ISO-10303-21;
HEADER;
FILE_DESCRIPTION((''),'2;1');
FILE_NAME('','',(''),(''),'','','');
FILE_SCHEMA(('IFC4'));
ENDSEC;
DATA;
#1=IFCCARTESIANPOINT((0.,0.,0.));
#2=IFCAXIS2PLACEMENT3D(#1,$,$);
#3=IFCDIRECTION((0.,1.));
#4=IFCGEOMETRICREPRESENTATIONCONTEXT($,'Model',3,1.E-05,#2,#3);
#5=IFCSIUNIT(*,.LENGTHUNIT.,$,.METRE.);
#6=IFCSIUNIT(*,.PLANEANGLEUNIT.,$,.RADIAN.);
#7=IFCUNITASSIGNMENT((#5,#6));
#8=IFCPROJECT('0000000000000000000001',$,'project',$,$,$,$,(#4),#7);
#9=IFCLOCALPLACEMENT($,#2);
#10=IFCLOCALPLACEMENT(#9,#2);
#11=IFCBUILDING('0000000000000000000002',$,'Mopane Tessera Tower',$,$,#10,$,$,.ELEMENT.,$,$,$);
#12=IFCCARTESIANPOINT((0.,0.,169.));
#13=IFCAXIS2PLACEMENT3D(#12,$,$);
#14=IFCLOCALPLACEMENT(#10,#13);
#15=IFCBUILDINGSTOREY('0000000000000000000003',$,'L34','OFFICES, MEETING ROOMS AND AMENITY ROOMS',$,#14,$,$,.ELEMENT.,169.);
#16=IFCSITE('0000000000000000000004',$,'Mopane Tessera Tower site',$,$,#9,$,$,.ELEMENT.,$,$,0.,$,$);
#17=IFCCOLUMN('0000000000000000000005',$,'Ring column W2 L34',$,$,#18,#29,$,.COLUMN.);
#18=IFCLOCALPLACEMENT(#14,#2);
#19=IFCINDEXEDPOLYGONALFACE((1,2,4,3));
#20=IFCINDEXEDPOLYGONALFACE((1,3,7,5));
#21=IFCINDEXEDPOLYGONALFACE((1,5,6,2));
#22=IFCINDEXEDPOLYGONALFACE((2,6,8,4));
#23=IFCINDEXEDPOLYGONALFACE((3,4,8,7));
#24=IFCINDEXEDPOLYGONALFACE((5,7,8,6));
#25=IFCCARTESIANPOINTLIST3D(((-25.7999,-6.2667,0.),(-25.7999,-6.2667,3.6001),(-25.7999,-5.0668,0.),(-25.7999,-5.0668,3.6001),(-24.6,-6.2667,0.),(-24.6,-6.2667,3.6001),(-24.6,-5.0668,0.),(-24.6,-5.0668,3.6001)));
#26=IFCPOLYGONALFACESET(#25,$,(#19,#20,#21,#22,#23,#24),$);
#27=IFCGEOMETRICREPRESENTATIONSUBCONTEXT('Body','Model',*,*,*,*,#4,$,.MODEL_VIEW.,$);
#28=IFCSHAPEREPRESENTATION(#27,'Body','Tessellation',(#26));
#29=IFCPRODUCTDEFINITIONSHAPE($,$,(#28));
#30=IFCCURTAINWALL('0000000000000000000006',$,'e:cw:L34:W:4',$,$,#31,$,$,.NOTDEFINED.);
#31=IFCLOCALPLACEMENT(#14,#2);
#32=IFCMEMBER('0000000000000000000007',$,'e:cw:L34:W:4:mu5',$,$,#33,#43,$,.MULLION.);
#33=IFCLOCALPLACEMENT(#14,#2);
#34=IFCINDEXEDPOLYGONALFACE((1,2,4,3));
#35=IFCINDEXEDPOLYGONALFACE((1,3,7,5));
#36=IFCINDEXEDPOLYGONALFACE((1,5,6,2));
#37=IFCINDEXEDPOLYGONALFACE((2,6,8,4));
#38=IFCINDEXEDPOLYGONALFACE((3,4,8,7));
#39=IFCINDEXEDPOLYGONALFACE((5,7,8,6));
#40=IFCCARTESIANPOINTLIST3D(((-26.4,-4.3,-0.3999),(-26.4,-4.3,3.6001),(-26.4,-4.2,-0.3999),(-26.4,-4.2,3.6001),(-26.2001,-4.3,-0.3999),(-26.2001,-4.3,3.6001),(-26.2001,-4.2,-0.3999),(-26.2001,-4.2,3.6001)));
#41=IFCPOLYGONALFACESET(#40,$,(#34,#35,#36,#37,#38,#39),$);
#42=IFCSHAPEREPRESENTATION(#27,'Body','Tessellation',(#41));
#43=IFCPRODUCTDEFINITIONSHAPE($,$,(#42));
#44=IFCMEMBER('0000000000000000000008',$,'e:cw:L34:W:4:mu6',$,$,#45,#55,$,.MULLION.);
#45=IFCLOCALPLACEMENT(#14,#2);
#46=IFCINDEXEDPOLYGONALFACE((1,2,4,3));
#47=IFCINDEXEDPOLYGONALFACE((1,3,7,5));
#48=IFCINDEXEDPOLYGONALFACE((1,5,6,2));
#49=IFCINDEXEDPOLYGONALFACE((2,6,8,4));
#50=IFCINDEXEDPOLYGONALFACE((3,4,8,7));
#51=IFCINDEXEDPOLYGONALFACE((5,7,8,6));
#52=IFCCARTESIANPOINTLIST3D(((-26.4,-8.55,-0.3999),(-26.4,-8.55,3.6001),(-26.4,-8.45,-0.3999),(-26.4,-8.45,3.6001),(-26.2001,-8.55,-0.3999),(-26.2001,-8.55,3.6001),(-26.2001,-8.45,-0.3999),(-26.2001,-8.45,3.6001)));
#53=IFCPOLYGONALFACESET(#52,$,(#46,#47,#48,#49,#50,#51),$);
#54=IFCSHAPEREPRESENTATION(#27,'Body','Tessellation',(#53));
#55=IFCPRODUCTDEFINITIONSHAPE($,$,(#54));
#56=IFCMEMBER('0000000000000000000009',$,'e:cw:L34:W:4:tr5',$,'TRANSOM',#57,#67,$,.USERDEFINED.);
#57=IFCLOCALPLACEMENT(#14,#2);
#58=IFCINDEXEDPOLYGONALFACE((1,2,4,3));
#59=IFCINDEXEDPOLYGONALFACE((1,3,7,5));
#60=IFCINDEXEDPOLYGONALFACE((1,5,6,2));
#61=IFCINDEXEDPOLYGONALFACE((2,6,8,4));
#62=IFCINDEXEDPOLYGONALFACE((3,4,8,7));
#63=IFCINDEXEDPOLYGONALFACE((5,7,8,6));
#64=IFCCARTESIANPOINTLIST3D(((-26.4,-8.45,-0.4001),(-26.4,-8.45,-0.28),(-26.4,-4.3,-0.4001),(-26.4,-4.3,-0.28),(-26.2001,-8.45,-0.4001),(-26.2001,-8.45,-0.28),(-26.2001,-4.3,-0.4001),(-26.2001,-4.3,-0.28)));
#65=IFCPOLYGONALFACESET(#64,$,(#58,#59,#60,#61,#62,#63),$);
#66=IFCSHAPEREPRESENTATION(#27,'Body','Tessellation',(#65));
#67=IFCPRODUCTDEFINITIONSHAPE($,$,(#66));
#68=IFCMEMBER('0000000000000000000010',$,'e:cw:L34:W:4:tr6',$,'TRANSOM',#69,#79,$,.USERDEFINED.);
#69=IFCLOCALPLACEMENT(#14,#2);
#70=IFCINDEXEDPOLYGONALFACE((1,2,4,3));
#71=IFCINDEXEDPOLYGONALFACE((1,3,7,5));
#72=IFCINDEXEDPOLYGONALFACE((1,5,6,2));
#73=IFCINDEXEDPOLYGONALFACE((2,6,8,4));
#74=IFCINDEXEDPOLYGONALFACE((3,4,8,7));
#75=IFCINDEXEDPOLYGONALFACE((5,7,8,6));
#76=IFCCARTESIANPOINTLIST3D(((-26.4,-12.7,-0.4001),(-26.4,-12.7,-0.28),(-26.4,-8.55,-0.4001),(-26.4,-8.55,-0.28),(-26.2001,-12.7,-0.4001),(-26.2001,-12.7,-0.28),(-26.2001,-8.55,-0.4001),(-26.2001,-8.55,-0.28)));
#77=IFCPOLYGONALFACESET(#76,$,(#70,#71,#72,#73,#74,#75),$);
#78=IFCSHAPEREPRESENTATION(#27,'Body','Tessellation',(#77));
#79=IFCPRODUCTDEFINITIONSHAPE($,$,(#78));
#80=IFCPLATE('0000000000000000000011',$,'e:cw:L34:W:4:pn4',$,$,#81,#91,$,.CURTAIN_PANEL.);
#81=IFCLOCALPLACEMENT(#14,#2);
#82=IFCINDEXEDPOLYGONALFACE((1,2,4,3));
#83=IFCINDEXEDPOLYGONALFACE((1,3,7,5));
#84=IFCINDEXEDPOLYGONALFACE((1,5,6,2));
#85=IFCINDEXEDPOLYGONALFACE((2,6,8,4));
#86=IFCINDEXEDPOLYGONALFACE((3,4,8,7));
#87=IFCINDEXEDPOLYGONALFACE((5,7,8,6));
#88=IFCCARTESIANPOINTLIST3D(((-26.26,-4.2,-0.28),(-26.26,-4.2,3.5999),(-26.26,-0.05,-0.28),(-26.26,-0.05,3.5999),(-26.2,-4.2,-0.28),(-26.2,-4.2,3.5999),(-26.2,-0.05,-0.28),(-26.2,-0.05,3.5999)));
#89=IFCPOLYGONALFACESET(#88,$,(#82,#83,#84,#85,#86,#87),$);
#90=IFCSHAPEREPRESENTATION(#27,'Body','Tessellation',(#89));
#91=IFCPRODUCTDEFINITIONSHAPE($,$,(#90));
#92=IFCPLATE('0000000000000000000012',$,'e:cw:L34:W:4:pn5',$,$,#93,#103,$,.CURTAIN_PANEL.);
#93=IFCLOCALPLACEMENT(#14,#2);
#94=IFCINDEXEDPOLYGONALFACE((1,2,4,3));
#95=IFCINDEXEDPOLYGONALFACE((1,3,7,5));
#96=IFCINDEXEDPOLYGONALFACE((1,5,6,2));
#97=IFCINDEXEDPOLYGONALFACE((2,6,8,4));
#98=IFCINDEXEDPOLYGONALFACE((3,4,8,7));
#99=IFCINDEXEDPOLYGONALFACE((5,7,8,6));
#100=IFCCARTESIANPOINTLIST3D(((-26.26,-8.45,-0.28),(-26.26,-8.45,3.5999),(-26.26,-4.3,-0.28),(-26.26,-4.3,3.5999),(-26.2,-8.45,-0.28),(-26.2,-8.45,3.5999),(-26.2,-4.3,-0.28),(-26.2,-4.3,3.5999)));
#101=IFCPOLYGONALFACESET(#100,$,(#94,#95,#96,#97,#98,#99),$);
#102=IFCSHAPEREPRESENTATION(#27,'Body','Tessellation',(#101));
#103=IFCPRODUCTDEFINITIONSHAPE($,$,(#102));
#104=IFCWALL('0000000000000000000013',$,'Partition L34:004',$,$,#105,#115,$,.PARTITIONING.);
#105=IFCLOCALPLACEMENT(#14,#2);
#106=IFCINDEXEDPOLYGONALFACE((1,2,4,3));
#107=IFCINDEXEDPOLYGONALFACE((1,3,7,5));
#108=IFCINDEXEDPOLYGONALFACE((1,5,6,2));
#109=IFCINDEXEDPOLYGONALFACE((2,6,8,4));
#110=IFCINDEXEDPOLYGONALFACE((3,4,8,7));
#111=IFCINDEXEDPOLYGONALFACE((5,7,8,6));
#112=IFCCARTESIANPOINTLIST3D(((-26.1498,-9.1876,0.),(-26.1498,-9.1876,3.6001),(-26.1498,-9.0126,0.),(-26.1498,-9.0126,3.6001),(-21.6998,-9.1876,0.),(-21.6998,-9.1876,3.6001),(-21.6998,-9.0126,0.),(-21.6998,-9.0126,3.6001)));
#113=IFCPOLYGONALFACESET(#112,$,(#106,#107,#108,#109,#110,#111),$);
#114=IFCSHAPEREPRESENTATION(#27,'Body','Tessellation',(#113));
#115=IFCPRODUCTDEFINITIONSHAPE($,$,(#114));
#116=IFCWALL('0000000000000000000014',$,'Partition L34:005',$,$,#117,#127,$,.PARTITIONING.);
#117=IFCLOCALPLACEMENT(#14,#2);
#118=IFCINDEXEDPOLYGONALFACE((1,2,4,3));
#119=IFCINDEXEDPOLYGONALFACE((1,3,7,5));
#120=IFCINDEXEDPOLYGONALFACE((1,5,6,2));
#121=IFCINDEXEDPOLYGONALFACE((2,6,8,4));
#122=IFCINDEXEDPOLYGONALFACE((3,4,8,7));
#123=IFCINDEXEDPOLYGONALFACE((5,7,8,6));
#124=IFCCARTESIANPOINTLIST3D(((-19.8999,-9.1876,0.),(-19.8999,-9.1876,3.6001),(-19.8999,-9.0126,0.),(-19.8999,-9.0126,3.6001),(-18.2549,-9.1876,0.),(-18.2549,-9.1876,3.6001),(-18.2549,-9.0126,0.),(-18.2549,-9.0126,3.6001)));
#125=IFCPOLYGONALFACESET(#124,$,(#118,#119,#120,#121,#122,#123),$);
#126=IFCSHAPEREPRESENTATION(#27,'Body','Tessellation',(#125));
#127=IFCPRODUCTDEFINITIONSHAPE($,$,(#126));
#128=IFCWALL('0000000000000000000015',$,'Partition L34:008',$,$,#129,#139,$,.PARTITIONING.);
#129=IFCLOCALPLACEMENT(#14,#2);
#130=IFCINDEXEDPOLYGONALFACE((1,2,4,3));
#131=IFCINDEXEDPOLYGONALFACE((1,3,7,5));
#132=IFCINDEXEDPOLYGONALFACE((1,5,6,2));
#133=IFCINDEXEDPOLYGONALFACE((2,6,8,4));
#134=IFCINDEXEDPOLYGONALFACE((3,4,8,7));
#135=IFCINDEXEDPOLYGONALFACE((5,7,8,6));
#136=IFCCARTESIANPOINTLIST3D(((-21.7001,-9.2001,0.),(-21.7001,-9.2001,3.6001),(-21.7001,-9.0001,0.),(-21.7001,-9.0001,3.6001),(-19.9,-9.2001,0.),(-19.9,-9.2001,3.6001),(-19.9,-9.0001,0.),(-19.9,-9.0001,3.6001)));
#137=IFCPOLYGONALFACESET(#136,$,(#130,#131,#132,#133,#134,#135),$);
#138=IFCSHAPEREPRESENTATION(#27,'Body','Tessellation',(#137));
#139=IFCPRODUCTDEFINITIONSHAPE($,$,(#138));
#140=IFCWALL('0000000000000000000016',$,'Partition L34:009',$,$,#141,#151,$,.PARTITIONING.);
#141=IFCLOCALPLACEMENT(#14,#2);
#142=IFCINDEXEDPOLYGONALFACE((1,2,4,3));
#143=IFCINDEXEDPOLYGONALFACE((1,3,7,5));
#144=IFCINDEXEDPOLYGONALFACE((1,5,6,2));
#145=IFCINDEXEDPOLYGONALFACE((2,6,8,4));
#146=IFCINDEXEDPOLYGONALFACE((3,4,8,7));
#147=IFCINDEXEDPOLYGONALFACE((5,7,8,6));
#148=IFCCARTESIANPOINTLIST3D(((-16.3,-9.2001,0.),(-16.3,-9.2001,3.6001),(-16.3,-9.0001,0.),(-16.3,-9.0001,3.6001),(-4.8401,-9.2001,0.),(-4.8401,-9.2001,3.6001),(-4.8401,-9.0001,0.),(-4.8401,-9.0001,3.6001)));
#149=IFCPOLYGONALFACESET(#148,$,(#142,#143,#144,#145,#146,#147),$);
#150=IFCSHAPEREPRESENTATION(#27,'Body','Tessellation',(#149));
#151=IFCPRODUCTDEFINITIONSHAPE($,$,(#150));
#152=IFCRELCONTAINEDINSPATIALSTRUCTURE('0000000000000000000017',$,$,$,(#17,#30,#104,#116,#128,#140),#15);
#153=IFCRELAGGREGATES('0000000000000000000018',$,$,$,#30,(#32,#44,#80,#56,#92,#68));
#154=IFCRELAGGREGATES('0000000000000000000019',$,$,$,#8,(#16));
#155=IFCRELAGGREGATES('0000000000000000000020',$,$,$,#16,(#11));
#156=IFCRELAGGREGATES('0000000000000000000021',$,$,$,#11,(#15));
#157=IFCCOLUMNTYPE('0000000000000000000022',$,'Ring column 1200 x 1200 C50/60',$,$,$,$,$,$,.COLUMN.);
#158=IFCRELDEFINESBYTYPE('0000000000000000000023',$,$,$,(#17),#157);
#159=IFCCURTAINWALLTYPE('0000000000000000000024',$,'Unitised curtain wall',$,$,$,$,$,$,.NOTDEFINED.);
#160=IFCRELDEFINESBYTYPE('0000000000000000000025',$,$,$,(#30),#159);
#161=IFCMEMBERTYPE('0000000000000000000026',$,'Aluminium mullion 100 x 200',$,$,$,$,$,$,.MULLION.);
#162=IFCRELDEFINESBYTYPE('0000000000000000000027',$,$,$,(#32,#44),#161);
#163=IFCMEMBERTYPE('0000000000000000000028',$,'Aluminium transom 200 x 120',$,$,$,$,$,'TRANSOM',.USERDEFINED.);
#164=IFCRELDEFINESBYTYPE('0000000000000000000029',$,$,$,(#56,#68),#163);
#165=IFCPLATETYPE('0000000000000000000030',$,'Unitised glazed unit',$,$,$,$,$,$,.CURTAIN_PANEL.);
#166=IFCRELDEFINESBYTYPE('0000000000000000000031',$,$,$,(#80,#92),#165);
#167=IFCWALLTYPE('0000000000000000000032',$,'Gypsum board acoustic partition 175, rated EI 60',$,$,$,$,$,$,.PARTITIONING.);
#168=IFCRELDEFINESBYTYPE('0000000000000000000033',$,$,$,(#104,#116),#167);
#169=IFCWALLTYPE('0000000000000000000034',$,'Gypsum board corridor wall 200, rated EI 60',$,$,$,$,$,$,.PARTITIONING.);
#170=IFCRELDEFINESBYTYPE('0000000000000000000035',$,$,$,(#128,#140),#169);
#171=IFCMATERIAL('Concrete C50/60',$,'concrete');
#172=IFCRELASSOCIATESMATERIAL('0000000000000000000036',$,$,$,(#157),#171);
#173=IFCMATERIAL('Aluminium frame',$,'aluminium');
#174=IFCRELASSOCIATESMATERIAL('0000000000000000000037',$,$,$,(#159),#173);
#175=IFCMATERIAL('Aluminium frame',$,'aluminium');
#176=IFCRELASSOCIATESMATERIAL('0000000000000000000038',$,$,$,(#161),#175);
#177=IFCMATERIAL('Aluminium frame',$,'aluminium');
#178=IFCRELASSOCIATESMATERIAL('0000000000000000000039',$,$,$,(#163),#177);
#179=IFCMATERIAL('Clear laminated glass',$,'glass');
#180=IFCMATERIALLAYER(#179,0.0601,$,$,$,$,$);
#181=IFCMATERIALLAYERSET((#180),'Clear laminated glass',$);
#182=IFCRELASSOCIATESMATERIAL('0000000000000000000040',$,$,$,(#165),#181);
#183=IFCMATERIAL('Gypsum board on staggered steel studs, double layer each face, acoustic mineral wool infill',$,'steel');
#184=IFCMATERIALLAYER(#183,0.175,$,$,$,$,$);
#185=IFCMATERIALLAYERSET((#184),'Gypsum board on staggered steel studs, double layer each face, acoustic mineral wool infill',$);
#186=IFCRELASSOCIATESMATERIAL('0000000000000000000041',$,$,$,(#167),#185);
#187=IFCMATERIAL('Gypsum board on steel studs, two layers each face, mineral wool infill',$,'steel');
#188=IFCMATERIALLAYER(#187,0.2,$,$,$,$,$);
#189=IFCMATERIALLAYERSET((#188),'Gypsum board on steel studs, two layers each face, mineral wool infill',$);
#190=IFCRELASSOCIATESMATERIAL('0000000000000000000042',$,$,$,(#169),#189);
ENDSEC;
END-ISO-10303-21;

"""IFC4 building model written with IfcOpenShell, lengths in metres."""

from ifc_helpers import new_model, si_unit, direction, frame, frame_2d, origin, origin_2d, place, context, subcontext, project, spatial, rectangle, extrude, material, layer, layer_set, material_profile, profile_set, type_object, element, aggregate, save


model = new_model("IFC4")

# Units and contexts
model_context = context("Model", 3, precision=1e-05, world=origin(), true_north=direction((0.0, 1.0)))
body_context = subcontext(model_context, "Body", "Model", "MODEL_VIEW")
ifc_project = project(units=[si_unit("LENGTHUNIT", "METRE"), si_unit("PLANEANGLEUNIT", "RADIAN")], contexts=[model_context])

# Site, building, storey
site_placement = place(None, origin())
site = spatial("IfcSite", under=ifc_project, at=site_placement, Name="Mopane Tessera Tower site", CompositionType="ELEMENT", RefElevation=0.0)
building_placement = place(site_placement, origin())
building = spatial("IfcBuilding", under=site, at=building_placement, Name="Mopane Tessera Tower", CompositionType="ELEMENT")
storey_placement = place(building_placement, frame((0.0, 0.0, 169.0)))
storey = spatial("IfcBuildingStorey", under=building, at=storey_placement, Name="L34", Description="OFFICES, MEETING ROOMS AND AMENITY ROOMS", CompositionType="ELEMENT", Elevation=169.0)

# Column
ifc_material_1 = material(Name="Concrete C50/60", Category="concrete")
ifc_material_profile_1 = material_profile(ifc_material_1, rectangle(XDim=1.2, YDim=1.2, at=origin_2d()))
ifc_profile_set_1 = profile_set([ifc_material_profile_1], Name="Concrete C50/60")
column_type = type_object("IfcColumnType", Name="Ring column 1200 x 1200 C50/60", PredefinedType="COLUMN", material=ifc_profile_set_1)
column_placement = place(storey_placement, frame((-25.2, -5.6667, 0.0), z_axis=(0.0, 0.0, 1.0), x_axis=(1.0, 0.0, 0.0)))
element("IfcColumn", 1, at=column_placement, inside=storey, type_object=column_type, Name="Ring column W2 L34", PredefinedType="COLUMN", context=body_context, shape_type="SweptSolid", body=[
    extrude(rectangle(XDim=1.2, YDim=1.2, at=origin_2d()), origin(), (0.0, 0.0, 1.0), 3.6001),
])

# Curtain wall, members, plates
ifc_material_2 = material(Name="Aluminium frame", Category="aluminium")
curtain_wall_type = type_object("IfcCurtainWallType", Name="Unitised curtain wall", PredefinedType="NOTDEFINED", material=ifc_material_2)
curtain_wall_placement = place(storey_placement, origin())
curtain_wall = element("IfcCurtainWall", 2, at=curtain_wall_placement, inside=storey, type_object=curtain_wall_type, Name="e:cw:L34:W:4", PredefinedType="NOTDEFINED")
ifc_material_3 = material(Name="Aluminium frame", Category="aluminium")
ifc_material_profile_2 = material_profile(ifc_material_3, rectangle(XDim=0.1001, YDim=0.2, at=origin_2d()))
ifc_profile_set_2 = profile_set([ifc_material_profile_2], Name="Aluminium frame")
member_type_1 = type_object("IfcMemberType", Name="Aluminium mullion 100 x 200", PredefinedType="MULLION", material=ifc_profile_set_2)
member_1_placement = place(storey_placement, frame((-26.3, -4.25, -0.3999), z_axis=(0.0, 0.0, 1.0), x_axis=(0.0, -1.0, 0.0)))
member_1 = element("IfcMember", 3, at=member_1_placement, type_object=member_type_1, Name="e:cw:L34:W:4:mu5", PredefinedType="MULLION", context=body_context, shape_type="SweptSolid", body=[
    extrude(rectangle(XDim=0.1001, YDim=0.2, at=origin_2d()), origin(), (0.0, 0.0, 1.0), 4.0),
])
member_2_placement = place(storey_placement, frame((-26.3, -8.5, -0.3999), z_axis=(0.0, 0.0, 1.0), x_axis=(0.0, -1.0, 0.0)))
member_2 = element("IfcMember", 4, at=member_2_placement, type_object=member_type_1, Name="e:cw:L34:W:4:mu6", PredefinedType="MULLION", context=body_context, shape_type="SweptSolid", body=[
    extrude(rectangle(XDim=0.1001, YDim=0.2, at=origin_2d()), origin(), (0.0, 0.0, 1.0), 4.0),
])
ifc_material_4 = material(Name="Aluminium frame", Category="aluminium")
ifc_material_profile_3 = material_profile(ifc_material_4, rectangle(XDim=0.2, YDim=0.1201, at=origin_2d()))
ifc_profile_set_3 = profile_set([ifc_material_profile_3], Name="Aluminium frame")
member_type_2 = type_object("IfcMemberType", Name="Aluminium transom 200 x 120", ElementType="TRANSOM", PredefinedType="USERDEFINED", material=ifc_profile_set_3)
member_3_placement = place(storey_placement, frame((-26.3, -4.3, -0.3401), z_axis=(0.0, -1.0, 0.0), x_axis=(1.0, 0.0, 0.0)))
member_3 = element("IfcMember", 5, at=member_3_placement, type_object=member_type_2, Name="e:cw:L34:W:4:tr5", ObjectType="TRANSOM", PredefinedType="USERDEFINED", context=body_context, shape_type="SweptSolid", body=[
    extrude(rectangle(XDim=0.2, YDim=0.1201, at=origin_2d()), origin(), (0.0, 0.0, 1.0), 4.1499),
])
member_4_placement = place(storey_placement, frame((-26.3, -8.55, -0.3401), z_axis=(0.0, -1.0, 0.0), x_axis=(1.0, 0.0, 0.0)))
member_4 = element("IfcMember", 6, at=member_4_placement, type_object=member_type_2, Name="e:cw:L34:W:4:tr6", ObjectType="TRANSOM", PredefinedType="USERDEFINED", context=body_context, shape_type="SweptSolid", body=[
    extrude(rectangle(XDim=0.2, YDim=0.1201, at=origin_2d()), origin(), (0.0, 0.0, 1.0), 4.1499),
])
ifc_material_5 = material(Name="Clear laminated glass", Category="glass")
ifc_layer_1 = layer(ifc_material_5, 0.0601)
ifc_layer_set_1 = layer_set([ifc_layer_1], Name="Clear laminated glass")
plate_type = type_object("IfcPlateType", Name="Unitised glazed unit", PredefinedType="CURTAIN_PANEL", material=ifc_layer_set_1)
plate_1_placement = place(storey_placement, frame((-26.23, -2.125, -0.28), z_axis=(0.0, 0.0, 1.0), x_axis=(0.0, -1.0, 0.0)))
plate_1 = element("IfcPlate", 7, at=plate_1_placement, type_object=plate_type, Name="e:cw:L34:W:4:pn4", PredefinedType="CURTAIN_PANEL", context=body_context, shape_type="SweptSolid", body=[
    extrude(rectangle(XDim=4.1499, YDim=0.0601, at=origin_2d()), origin(), (0.0, 0.0, 1.0), 3.8799),
])
plate_2_placement = place(storey_placement, frame((-26.23, -6.375, -0.28), z_axis=(0.0, 0.0, 1.0), x_axis=(0.0, -1.0, 0.0)))
plate_2 = element("IfcPlate", 8, at=plate_2_placement, type_object=plate_type, Name="e:cw:L34:W:4:pn5", PredefinedType="CURTAIN_PANEL", context=body_context, shape_type="SweptSolid", body=[
    extrude(rectangle(XDim=4.1499, YDim=0.0601, at=origin_2d()), origin(), (0.0, 0.0, 1.0), 3.8799),
])
aggregate(curtain_wall, [member_1, member_2, plate_1, member_3, plate_2, member_4])

# Walls
ifc_material_6 = material(Name="Gypsum board on staggered steel studs, double layer each face, acoustic mineral wool infill", Category="steel")
ifc_layer_2 = layer(ifc_material_6, 0.175)
ifc_layer_set_2 = layer_set([ifc_layer_2], Name="Gypsum board on staggered steel studs, double layer each face, acoustic mineral wool infill")
wall_type_1 = type_object("IfcWallType", Name="Gypsum board acoustic partition 175, rated EI 60", PredefinedType="PARTITIONING", material=ifc_layer_set_2)
wall_1_placement = place(storey_placement, frame((-26.1499, -9.1001, 0.0), z_axis=(0.0, 0.0, 1.0), x_axis=(1.0, 0.0, 0.0)))
element("IfcWall", 9, at=wall_1_placement, inside=storey, type_object=wall_type_1, Name="Partition L34:004", PredefinedType="PARTITIONING", context=body_context, shape_type="SweptSolid", body=[
    extrude(rectangle(XDim=4.45, YDim=0.175, at=frame_2d((2.2251, 0.0))), origin(), (0.0, 0.0, 1.0), 3.6001),
])
wall_2_placement = place(storey_placement, frame((-19.8999, -9.1001, 0.0), z_axis=(0.0, 0.0, 1.0), x_axis=(1.0, 0.0, 0.0)))
element("IfcWall", 10, at=wall_2_placement, inside=storey, type_object=wall_type_1, Name="Partition L34:005", PredefinedType="PARTITIONING", context=body_context, shape_type="SweptSolid", body=[
    extrude(rectangle(XDim=1.645, YDim=0.175, at=frame_2d((0.8225, 0.0))), origin(), (0.0, 0.0, 1.0), 3.6001),
])
ifc_material_7 = material(Name="Gypsum board on steel studs, two layers each face, mineral wool infill", Category="steel")
ifc_layer_3 = layer(ifc_material_7, 0.2)
ifc_layer_set_3 = layer_set([ifc_layer_3], Name="Gypsum board on steel studs, two layers each face, mineral wool infill")
wall_type_2 = type_object("IfcWallType", Name="Gypsum board corridor wall 200, rated EI 60", PredefinedType="PARTITIONING", material=ifc_layer_set_3)
wall_3_placement = place(storey_placement, frame((-21.7, -9.1001, 0.0), z_axis=(0.0, 0.0, 1.0), x_axis=(1.0, 0.0, 0.0)))
element("IfcWall", 11, at=wall_3_placement, inside=storey, type_object=wall_type_2, Name="Partition L34:008", PredefinedType="PARTITIONING", context=body_context, shape_type="SweptSolid", body=[
    extrude(rectangle(XDim=1.8, YDim=0.2, at=frame_2d((0.8999, 0.0))), origin(), (0.0, 0.0, 1.0), 3.6001),
])
wall_4_placement = place(storey_placement, frame((-16.3, -9.1001, 0.0), z_axis=(0.0, 0.0, 1.0), x_axis=(1.0, 0.0, 0.0)))
element("IfcWall", 12, at=wall_4_placement, inside=storey, type_object=wall_type_2, Name="Partition L34:009", PredefinedType="PARTITIONING", context=body_context, shape_type="SweptSolid", body=[
    extrude(rectangle(XDim=11.46, YDim=0.2, at=frame_2d((5.73, 0.0))), origin(), (0.0, 0.0, 1.0), 3.6001),
])

save(model, "model.ifc")
